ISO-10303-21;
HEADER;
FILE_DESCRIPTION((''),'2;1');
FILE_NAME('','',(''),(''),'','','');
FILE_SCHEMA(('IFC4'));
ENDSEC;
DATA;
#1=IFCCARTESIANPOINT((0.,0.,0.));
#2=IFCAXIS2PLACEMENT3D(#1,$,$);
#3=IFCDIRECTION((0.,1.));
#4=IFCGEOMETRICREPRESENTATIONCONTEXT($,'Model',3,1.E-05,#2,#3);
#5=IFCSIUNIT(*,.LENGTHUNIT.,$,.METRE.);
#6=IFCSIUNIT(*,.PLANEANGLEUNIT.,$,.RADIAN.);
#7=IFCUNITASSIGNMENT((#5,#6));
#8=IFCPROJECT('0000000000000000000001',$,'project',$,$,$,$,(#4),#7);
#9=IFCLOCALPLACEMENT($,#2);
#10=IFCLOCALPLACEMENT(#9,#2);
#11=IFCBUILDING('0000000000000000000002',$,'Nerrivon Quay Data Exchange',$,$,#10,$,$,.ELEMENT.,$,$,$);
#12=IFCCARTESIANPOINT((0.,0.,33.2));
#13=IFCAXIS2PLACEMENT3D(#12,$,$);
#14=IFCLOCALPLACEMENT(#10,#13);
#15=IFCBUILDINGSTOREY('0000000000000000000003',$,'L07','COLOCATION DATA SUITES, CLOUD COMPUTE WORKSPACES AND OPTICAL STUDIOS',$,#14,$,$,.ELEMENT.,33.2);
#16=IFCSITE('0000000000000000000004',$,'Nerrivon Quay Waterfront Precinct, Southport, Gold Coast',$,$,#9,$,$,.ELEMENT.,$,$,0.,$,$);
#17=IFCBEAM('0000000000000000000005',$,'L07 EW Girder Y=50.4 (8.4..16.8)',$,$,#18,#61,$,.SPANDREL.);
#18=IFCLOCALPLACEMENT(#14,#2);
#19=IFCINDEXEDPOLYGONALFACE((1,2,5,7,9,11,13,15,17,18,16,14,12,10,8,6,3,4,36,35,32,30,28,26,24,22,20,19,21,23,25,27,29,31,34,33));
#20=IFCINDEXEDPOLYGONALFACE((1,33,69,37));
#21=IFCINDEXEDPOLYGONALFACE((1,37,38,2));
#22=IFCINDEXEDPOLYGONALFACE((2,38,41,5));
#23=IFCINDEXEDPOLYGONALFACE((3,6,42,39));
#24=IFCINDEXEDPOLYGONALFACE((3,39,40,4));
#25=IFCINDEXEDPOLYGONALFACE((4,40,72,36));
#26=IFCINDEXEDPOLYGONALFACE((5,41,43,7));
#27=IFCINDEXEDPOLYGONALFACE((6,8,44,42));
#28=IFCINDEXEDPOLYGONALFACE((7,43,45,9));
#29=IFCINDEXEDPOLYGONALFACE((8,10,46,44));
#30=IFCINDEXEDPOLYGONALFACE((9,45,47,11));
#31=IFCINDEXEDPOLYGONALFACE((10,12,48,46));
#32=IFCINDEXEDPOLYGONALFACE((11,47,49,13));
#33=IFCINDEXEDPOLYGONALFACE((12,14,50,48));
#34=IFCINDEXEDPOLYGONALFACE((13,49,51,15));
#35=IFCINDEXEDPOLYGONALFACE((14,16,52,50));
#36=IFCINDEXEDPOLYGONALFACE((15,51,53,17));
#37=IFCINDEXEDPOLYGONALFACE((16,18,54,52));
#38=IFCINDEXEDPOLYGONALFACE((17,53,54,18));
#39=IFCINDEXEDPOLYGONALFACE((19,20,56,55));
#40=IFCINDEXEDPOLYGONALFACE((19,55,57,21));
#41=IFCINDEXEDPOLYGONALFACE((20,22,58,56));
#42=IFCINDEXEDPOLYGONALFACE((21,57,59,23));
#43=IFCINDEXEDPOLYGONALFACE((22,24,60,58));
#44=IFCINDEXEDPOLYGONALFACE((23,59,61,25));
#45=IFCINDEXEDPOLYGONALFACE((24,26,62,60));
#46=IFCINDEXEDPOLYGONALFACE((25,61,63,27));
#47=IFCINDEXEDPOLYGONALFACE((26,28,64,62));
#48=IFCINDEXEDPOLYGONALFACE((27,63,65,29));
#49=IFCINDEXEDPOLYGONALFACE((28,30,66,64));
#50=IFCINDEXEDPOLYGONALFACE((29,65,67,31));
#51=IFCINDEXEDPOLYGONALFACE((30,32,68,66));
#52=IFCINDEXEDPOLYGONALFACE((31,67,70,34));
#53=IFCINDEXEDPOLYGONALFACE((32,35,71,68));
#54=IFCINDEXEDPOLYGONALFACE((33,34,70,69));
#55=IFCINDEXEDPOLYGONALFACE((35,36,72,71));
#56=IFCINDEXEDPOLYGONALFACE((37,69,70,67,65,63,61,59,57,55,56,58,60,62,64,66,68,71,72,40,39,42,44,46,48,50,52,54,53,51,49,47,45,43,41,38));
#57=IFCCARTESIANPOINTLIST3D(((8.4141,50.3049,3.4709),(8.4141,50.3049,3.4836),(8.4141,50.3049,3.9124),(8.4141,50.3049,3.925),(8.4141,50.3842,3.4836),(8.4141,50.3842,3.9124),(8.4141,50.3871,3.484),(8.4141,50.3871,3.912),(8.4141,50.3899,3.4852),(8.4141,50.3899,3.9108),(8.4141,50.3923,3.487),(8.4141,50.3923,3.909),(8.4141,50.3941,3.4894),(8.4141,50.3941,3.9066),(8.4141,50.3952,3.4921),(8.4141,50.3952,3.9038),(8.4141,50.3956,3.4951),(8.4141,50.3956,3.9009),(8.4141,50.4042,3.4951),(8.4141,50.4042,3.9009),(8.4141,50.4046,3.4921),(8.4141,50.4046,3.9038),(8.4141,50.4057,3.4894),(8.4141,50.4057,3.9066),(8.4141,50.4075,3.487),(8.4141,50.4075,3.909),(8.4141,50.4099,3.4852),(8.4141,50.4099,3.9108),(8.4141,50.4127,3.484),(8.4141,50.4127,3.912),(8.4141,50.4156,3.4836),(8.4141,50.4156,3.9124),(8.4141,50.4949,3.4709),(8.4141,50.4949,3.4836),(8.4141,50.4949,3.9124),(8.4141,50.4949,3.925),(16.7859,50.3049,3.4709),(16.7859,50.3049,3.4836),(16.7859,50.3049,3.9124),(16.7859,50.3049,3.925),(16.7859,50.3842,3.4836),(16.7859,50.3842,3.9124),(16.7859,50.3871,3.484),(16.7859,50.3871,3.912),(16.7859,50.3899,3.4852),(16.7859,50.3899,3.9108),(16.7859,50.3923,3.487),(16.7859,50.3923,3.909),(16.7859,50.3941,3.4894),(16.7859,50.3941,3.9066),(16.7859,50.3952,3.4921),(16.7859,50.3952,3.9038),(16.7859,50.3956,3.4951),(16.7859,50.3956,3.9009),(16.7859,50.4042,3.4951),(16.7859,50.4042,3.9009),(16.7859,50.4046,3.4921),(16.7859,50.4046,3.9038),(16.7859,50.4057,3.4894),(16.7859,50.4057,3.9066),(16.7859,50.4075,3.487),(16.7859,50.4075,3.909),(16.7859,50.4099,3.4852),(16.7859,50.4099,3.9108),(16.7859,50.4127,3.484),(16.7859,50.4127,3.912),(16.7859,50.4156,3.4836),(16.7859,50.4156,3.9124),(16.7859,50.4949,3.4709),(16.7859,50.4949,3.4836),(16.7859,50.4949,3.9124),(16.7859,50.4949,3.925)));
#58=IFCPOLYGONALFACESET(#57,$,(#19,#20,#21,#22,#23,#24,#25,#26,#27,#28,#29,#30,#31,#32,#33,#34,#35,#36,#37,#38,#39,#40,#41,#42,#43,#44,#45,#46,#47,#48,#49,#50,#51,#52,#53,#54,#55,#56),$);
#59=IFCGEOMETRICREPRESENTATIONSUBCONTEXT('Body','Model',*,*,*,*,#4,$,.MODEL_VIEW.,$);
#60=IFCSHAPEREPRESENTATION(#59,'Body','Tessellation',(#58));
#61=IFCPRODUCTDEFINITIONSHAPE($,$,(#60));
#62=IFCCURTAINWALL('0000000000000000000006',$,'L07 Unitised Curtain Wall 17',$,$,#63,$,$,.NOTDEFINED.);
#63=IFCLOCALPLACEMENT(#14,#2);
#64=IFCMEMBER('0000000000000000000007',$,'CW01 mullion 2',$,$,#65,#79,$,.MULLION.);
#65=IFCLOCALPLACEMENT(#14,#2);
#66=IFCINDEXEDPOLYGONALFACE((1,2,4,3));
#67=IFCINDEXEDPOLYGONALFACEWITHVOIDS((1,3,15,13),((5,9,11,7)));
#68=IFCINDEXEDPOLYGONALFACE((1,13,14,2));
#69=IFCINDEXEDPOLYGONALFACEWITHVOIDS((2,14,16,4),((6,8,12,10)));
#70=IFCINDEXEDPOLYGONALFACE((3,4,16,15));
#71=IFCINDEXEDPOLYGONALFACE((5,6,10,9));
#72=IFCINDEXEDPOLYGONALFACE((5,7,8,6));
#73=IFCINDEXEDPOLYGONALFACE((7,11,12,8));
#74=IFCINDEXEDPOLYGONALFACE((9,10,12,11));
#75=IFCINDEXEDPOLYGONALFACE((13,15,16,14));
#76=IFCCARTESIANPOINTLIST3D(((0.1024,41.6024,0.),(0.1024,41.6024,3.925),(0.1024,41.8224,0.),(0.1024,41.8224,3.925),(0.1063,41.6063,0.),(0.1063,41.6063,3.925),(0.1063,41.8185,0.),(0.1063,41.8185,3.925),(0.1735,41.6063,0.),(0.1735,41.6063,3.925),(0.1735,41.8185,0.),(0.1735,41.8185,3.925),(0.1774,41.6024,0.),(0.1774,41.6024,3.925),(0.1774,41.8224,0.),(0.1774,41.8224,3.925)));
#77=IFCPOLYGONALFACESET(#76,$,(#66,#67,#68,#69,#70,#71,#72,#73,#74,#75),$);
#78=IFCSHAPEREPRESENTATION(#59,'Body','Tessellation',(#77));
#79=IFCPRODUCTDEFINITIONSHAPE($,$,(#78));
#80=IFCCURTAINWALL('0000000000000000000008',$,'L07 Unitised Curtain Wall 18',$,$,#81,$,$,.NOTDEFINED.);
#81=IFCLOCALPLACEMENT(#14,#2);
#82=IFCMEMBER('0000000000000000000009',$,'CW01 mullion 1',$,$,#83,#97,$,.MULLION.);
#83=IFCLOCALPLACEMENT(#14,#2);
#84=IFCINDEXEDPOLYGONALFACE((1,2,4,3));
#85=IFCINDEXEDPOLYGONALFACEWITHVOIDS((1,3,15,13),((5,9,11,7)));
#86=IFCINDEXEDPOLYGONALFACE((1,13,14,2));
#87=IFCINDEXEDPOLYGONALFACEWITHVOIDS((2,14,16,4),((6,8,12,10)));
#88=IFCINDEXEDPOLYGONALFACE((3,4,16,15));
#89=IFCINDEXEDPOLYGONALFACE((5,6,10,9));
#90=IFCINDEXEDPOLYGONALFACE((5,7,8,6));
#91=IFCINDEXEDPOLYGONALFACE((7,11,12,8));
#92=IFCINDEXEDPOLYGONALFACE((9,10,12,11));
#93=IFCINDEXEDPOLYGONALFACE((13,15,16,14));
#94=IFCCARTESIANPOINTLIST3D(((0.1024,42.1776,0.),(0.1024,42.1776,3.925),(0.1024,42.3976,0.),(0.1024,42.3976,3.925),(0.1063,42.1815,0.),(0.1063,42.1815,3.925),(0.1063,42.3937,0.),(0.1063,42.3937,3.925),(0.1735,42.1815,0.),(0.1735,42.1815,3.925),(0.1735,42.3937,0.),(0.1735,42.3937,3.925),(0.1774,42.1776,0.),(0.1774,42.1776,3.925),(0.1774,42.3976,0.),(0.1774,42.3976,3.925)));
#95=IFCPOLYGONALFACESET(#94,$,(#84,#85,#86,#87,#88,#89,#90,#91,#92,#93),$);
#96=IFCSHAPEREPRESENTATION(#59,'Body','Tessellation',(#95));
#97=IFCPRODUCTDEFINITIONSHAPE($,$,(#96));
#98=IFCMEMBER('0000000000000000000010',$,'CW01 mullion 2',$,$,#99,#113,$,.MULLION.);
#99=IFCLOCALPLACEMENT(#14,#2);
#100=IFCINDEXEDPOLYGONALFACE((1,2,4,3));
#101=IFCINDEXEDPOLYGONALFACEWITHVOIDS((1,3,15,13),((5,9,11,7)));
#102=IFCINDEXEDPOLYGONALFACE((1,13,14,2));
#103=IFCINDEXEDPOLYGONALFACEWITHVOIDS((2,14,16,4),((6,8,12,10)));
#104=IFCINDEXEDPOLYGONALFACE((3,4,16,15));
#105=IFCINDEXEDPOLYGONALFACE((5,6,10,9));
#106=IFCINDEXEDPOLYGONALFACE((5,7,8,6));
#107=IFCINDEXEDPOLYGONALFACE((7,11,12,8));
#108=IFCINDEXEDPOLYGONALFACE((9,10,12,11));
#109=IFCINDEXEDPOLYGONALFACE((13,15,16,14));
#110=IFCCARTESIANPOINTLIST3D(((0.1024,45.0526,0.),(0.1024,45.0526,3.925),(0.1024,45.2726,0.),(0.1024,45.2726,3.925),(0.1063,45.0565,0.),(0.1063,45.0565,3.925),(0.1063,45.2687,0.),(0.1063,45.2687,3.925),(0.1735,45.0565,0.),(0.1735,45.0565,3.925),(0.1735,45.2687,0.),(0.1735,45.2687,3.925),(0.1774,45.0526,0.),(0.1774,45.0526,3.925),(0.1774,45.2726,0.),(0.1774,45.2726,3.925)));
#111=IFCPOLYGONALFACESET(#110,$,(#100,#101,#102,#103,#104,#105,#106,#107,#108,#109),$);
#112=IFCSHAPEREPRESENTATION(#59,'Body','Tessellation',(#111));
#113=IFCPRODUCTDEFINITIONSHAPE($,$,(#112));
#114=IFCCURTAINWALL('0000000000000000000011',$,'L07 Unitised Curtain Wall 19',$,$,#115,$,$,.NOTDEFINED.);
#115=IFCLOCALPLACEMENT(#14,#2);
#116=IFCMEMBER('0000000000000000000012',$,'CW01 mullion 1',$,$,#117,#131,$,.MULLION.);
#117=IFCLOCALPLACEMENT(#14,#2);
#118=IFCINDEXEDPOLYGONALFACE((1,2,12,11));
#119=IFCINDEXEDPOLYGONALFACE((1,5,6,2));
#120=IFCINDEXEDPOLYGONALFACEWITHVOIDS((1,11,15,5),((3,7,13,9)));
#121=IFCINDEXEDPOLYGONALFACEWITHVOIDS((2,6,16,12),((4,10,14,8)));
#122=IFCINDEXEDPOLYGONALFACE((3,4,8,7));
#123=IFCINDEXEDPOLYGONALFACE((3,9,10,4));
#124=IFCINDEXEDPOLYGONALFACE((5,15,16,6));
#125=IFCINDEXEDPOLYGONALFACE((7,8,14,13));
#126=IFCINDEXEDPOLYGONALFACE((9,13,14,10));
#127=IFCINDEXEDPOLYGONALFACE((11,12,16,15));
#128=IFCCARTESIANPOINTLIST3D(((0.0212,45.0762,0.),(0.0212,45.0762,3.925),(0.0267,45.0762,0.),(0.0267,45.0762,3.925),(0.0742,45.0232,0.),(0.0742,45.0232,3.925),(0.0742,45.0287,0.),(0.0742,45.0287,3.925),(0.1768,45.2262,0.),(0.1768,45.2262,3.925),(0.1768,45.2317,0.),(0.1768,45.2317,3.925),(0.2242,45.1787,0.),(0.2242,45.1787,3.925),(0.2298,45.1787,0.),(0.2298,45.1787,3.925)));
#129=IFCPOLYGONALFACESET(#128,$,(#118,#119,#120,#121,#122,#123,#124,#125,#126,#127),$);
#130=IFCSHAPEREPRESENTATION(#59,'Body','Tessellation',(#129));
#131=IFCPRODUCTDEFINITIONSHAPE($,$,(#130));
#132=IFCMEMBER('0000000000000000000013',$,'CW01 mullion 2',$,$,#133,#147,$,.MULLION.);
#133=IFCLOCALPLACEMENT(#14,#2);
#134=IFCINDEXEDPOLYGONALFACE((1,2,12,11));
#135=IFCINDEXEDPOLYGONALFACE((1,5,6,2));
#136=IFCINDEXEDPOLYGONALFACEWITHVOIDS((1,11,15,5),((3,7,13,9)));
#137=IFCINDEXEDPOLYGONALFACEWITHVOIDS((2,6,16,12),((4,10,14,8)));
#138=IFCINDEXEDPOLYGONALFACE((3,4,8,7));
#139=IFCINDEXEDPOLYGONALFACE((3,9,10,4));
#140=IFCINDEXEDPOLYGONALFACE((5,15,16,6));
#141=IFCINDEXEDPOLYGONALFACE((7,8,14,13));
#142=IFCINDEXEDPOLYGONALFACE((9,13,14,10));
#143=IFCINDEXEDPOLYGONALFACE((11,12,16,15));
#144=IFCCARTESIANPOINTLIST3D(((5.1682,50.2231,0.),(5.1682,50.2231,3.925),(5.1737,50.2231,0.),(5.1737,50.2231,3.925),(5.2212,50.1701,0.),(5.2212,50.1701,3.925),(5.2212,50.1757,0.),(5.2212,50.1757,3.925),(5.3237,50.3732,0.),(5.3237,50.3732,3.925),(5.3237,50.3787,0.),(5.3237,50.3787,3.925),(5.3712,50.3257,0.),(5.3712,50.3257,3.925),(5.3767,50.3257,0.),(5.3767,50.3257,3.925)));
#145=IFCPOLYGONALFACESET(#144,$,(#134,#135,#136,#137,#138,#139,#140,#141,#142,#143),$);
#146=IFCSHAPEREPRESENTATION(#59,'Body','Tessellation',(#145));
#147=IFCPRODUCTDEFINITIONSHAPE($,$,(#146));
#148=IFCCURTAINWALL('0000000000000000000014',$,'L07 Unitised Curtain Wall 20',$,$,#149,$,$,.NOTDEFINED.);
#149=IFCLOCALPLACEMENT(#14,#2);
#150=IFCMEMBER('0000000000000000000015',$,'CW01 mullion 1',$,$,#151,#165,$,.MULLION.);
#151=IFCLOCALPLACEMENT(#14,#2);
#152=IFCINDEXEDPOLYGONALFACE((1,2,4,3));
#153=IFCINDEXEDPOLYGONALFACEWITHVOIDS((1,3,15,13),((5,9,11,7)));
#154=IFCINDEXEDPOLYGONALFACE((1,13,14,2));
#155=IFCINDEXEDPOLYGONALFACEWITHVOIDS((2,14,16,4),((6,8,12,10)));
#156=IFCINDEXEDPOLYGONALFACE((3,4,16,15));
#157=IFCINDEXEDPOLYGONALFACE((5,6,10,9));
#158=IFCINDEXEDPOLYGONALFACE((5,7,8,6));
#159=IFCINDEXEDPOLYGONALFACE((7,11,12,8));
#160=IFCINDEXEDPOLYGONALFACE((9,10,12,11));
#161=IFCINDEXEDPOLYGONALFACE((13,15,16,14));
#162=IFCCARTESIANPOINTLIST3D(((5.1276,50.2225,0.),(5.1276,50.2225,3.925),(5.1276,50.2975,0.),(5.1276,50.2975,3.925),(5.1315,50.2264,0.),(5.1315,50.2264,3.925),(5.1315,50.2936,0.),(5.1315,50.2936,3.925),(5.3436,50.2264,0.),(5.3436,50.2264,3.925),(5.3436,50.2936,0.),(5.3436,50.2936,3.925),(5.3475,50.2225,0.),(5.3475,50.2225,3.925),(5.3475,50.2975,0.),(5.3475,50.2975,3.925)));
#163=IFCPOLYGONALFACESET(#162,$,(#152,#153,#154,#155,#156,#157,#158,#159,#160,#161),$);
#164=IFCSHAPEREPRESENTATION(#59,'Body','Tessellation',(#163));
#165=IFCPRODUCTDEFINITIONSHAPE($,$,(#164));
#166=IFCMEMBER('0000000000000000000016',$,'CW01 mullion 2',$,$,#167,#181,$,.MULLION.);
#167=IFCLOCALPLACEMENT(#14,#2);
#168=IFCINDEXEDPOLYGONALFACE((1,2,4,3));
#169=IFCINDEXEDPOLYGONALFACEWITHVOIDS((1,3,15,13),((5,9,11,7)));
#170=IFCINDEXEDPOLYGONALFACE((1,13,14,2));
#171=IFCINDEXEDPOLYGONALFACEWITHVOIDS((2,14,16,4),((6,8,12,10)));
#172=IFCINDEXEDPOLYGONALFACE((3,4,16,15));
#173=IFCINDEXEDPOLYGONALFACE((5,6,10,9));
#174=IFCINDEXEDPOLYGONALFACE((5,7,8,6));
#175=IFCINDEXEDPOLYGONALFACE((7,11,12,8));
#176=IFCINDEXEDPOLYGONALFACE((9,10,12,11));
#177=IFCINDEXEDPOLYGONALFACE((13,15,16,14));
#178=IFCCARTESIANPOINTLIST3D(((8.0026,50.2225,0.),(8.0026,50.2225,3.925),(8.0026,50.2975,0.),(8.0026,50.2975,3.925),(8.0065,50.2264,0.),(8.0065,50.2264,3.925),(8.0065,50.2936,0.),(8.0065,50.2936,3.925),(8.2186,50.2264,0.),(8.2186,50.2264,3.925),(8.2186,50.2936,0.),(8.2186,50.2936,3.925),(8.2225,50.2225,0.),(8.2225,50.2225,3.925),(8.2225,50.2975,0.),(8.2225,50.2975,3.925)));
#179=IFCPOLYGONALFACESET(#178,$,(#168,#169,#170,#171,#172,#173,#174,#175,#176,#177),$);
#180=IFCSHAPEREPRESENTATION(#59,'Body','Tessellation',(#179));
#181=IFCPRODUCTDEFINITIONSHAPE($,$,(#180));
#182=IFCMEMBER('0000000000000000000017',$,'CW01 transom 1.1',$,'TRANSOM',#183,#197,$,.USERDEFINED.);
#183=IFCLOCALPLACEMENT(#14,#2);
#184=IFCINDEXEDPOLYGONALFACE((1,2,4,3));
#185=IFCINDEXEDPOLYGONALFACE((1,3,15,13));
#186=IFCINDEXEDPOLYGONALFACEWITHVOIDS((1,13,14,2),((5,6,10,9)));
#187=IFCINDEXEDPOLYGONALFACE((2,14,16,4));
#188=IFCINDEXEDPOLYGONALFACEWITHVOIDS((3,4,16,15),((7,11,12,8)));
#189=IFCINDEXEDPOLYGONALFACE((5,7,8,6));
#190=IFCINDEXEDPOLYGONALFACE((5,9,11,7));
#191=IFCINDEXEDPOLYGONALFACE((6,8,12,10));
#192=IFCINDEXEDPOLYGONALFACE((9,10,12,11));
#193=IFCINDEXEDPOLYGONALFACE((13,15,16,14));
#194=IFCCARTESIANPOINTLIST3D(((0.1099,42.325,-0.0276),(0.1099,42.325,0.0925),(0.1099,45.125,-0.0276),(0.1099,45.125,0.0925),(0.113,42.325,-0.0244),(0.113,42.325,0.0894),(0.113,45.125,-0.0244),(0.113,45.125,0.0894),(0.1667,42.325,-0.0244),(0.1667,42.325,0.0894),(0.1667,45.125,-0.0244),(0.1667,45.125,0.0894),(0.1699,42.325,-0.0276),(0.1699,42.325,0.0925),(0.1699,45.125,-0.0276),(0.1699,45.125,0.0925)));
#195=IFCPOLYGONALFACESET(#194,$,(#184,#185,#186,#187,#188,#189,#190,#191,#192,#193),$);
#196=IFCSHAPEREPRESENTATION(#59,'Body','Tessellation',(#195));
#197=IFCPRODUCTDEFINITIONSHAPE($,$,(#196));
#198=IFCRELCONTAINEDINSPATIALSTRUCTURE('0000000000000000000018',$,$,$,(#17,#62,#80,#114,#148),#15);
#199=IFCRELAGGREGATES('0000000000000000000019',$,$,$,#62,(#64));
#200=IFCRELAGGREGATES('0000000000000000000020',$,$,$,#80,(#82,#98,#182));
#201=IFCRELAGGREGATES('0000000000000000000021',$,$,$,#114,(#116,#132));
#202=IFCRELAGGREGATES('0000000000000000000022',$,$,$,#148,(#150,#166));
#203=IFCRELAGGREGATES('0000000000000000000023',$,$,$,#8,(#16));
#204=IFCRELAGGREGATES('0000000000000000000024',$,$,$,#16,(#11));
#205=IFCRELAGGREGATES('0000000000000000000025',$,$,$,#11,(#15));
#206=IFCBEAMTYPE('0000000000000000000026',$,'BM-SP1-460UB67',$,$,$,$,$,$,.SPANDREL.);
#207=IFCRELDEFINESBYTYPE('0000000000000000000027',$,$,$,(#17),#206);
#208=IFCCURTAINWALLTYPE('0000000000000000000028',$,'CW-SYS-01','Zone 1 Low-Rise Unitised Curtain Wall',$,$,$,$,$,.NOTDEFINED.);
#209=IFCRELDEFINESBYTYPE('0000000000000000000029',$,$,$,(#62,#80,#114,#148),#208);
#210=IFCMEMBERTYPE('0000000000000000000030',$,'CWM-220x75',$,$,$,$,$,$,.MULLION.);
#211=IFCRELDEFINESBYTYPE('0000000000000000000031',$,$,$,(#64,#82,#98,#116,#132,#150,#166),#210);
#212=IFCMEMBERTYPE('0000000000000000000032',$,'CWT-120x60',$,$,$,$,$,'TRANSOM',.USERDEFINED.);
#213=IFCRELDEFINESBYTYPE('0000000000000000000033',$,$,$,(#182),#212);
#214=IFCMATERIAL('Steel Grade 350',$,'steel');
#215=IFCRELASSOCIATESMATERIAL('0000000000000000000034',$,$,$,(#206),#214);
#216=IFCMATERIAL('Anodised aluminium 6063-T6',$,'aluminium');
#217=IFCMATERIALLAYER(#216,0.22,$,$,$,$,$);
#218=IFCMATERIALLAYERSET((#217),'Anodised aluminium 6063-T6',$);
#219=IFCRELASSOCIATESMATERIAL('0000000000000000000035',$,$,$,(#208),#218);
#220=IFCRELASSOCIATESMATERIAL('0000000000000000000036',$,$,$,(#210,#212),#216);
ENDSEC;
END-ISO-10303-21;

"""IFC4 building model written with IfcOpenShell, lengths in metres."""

from ifc_helpers import new_model, si_unit, direction, frame, origin, origin_2d, place, context, subcontext, project, spatial, hollow_rectangle, i_section, extrude, material, layer, layer_set, material_profile, profile_set, type_object, element, aggregate, save


model = new_model("IFC4")

# Units and contexts
model_context = context("Model", 3, precision=1e-05, world=origin(), true_north=direction((0.0, 1.0)))
body_context = subcontext(model_context, "Body", "Model", "MODEL_VIEW")
ifc_project = project(units=[si_unit("LENGTHUNIT", "METRE"), si_unit("PLANEANGLEUNIT", "RADIAN")], contexts=[model_context])

# Site, building, storey
site_placement = place(None, origin())
site = spatial("IfcSite", under=ifc_project, at=site_placement, Name="Nerrivon Quay Waterfront Precinct, Southport, Gold Coast", CompositionType="ELEMENT", RefElevation=0.0)
building_placement = place(site_placement, origin())
building = spatial("IfcBuilding", under=site, at=building_placement, Name="Nerrivon Quay Data Exchange", CompositionType="ELEMENT")
storey_placement = place(building_placement, frame((0.0, 0.0, 33.2)))
storey = spatial("IfcBuildingStorey", under=building, at=storey_placement, Name="L07", Description="COLOCATION DATA SUITES, CLOUD COMPUTE WORKSPACES AND OPTICAL STUDIOS", CompositionType="ELEMENT", Elevation=33.2)

# Shared definitions
ifc_material_1 = material(Name="Steel Grade 350", Category="steel")

# Beam
ifc_material_profile_1 = material_profile(ifc_material_1, i_section(OverallWidth=0.1899, OverallDepth=0.4541, WebThickness=0.0085, FlangeThickness=0.0127, FilletRadius=0.0115, at=origin_2d()), Name="460UB67.1")
ifc_profile_set_1 = profile_set([ifc_material_profile_1], Name="Steel Grade 350")
beam_type_1 = type_object("IfcBeamType", Name="BM-SP1-460UB67", PredefinedType="SPANDREL", material=ifc_profile_set_1)
beam_1_placement = place(storey_placement, frame((8.4141, 50.3999, 3.698), z_axis=(1.0, 0.0, 0.0), x_axis=(0.0, 1.0, 0.0)))
element("IfcBeam", 1, at=beam_1_placement, inside=storey, type_object=beam_type_1, Name="L07 EW Girder Y=50.4 (8.4..16.8)", PredefinedType="SPANDREL", context=body_context, shape_type="SweptSolid", body=[
    extrude(i_section(OverallWidth=0.1899, OverallDepth=0.4541, WebThickness=0.0085, FlangeThickness=0.0127, FilletRadius=0.0115, at=origin_2d()), origin(), (0.0, 0.0, 1.0), 8.3718),
])

# Curtain wall, member
ifc_material_2 = material(Name="Anodised aluminium 6063-T6", Category="aluminium")
ifc_layer_1 = layer(ifc_material_2, 0.22)
ifc_layer_set_1 = layer_set([ifc_layer_1], Name="Anodised aluminium 6063-T6")
curtain_wall_type = type_object("IfcCurtainWallType", Name="CW-SYS-01", Description="Zone 1 Low-Rise Unitised Curtain Wall", PredefinedType="NOTDEFINED", material=ifc_layer_set_1)
curtain_wall_1_placement = place(storey_placement, origin())
curtain_wall_1 = element("IfcCurtainWall", 2, at=curtain_wall_1_placement, inside=storey, type_object=curtain_wall_type, Name="L07 Unitised Curtain Wall 17", PredefinedType="NOTDEFINED")
ifc_material_profile_2 = material_profile(ifc_material_2, hollow_rectangle(XDim=0.075, YDim=0.22, WallThickness=0.0039, at=origin_2d()), Name="ALU-MULL-220x75")
ifc_profile_set_2 = profile_set([ifc_material_profile_2], Name="Anodised aluminium 6063-T6")
member_type_1 = type_object("IfcMemberType", Name="CWM-220x75", PredefinedType="MULLION", material=ifc_profile_set_2)
member_1_placement = place(storey_placement, frame((0.1399, 41.7124, 0.0), z_axis=(0.0, 0.0, 1.0), x_axis=(-1.0, 0.0, 0.0)))
member_1 = element("IfcMember", 3, at=member_1_placement, type_object=member_type_1, Name="CW01 mullion 2", PredefinedType="MULLION", context=body_context, shape_type="SweptSolid", body=[
    extrude(hollow_rectangle(XDim=0.075, YDim=0.22, WallThickness=0.0039, at=origin_2d()), origin(), (0.0, 0.0, 1.0), 3.925),
])

# Curtain walls, members
curtain_wall_2_placement = place(storey_placement, origin())
curtain_wall_2 = element("IfcCurtainWall", 4, at=curtain_wall_2_placement, inside=storey, type_object=curtain_wall_type, Name="L07 Unitised Curtain Wall 18", PredefinedType="NOTDEFINED")
member_2_placement = place(storey_placement, frame((0.1399, 42.2876, 0.0), z_axis=(0.0, 0.0, 1.0), x_axis=(-1.0, 0.0, 0.0)))
member_2 = element("IfcMember", 5, at=member_2_placement, type_object=member_type_1, Name="CW01 mullion 1", PredefinedType="MULLION", context=body_context, shape_type="SweptSolid", body=[
    extrude(hollow_rectangle(XDim=0.075, YDim=0.22, WallThickness=0.0039, at=origin_2d()), origin(), (0.0, 0.0, 1.0), 3.925),
])
member_3_placement = place(storey_placement, frame((0.1399, 45.1626, 0.0), z_axis=(0.0, 0.0, 1.0), x_axis=(-1.0, 0.0, 0.0)))
member_3 = element("IfcMember", 6, at=member_3_placement, type_object=member_type_1, Name="CW01 mullion 2", PredefinedType="MULLION", context=body_context, shape_type="SweptSolid", body=[
    extrude(hollow_rectangle(XDim=0.075, YDim=0.22, WallThickness=0.0039, at=origin_2d()), origin(), (0.0, 0.0, 1.0), 3.925),
])
curtain_wall_3_placement = place(storey_placement, origin())
curtain_wall_3 = element("IfcCurtainWall", 7, at=curtain_wall_3_placement, inside=storey, type_object=curtain_wall_type, Name="L07 Unitised Curtain Wall 19", PredefinedType="NOTDEFINED")
member_4_placement = place(storey_placement, frame((0.1255, 45.1274, 0.0), z_axis=(0.0, 0.0, 1.0), x_axis=(-0.707107, 0.707107, 0.0)))
member_4 = element("IfcMember", 8, at=member_4_placement, type_object=member_type_1, Name="CW01 mullion 1", PredefinedType="MULLION", context=body_context, shape_type="SweptSolid", body=[
    extrude(hollow_rectangle(XDim=0.075, YDim=0.22, WallThickness=0.0039, at=origin_2d()), origin(), (0.0, 0.0, 1.0), 3.925),
])
member_5_placement = place(storey_placement, frame((5.2725, 50.2744, 0.0), z_axis=(0.0, 0.0, 1.0), x_axis=(-0.707107, 0.707107, 0.0)))
member_5 = element("IfcMember", 9, at=member_5_placement, type_object=member_type_1, Name="CW01 mullion 2", PredefinedType="MULLION", context=body_context, shape_type="SweptSolid", body=[
    extrude(hollow_rectangle(XDim=0.075, YDim=0.22, WallThickness=0.0039, at=origin_2d()), origin(), (0.0, 0.0, 1.0), 3.925),
])
curtain_wall_4_placement = place(storey_placement, origin())
curtain_wall_4 = element("IfcCurtainWall", 10, at=curtain_wall_4_placement, inside=storey, type_object=curtain_wall_type, Name="L07 Unitised Curtain Wall 20", PredefinedType="NOTDEFINED")
member_6_placement = place(storey_placement, frame((5.2375, 50.26, 0.0), z_axis=(0.0, 0.0, 1.0), x_axis=(0.0, 1.0, 0.0)))
member_6 = element("IfcMember", 11, at=member_6_placement, type_object=member_type_1, Name="CW01 mullion 1", PredefinedType="MULLION", context=body_context, shape_type="SweptSolid", body=[
    extrude(hollow_rectangle(XDim=0.075, YDim=0.22, WallThickness=0.0039, at=origin_2d()), origin(), (0.0, 0.0, 1.0), 3.925),
])
member_7_placement = place(storey_placement, frame((8.1125, 50.26, 0.0), z_axis=(0.0, 0.0, 1.0), x_axis=(0.0, 1.0, 0.0)))
member_7 = element("IfcMember", 12, at=member_7_placement, type_object=member_type_1, Name="CW01 mullion 2", PredefinedType="MULLION", context=body_context, shape_type="SweptSolid", body=[
    extrude(hollow_rectangle(XDim=0.075, YDim=0.22, WallThickness=0.0039, at=origin_2d()), origin(), (0.0, 0.0, 1.0), 3.925),
])

# Member
ifc_material_profile_3 = material_profile(ifc_material_2, hollow_rectangle(XDim=0.0601, YDim=0.1201, WallThickness=0.0032, at=origin_2d()), Name="ALU-TRAN-120x60")
ifc_profile_set_3 = profile_set([ifc_material_profile_3], Name="Anodised aluminium 6063-T6")
member_type_2 = type_object("IfcMemberType", Name="CWT-120x60", ElementType="TRANSOM", PredefinedType="USERDEFINED", material=ifc_profile_set_3)
member_8_placement = place(storey_placement, frame((0.1399, 42.325, 0.0325), z_axis=(0.0, 1.0, 0.0), x_axis=(-1.0, 0.0, 0.0)))
member_8 = element("IfcMember", 13, at=member_8_placement, type_object=member_type_2, Name="CW01 transom 1.1", ObjectType="TRANSOM", PredefinedType="USERDEFINED", context=body_context, shape_type="SweptSolid", body=[
    extrude(hollow_rectangle(XDim=0.0601, YDim=0.1201, WallThickness=0.0032, at=origin_2d()), origin(), (0.0, 0.0, 1.0), 2.8),
])

aggregate(curtain_wall_1, [member_1])
aggregate(curtain_wall_2, [member_2, member_3, member_8])
aggregate(curtain_wall_3, [member_4, member_5])
aggregate(curtain_wall_4, [member_6, member_7])

save(model, "model.ifc")
